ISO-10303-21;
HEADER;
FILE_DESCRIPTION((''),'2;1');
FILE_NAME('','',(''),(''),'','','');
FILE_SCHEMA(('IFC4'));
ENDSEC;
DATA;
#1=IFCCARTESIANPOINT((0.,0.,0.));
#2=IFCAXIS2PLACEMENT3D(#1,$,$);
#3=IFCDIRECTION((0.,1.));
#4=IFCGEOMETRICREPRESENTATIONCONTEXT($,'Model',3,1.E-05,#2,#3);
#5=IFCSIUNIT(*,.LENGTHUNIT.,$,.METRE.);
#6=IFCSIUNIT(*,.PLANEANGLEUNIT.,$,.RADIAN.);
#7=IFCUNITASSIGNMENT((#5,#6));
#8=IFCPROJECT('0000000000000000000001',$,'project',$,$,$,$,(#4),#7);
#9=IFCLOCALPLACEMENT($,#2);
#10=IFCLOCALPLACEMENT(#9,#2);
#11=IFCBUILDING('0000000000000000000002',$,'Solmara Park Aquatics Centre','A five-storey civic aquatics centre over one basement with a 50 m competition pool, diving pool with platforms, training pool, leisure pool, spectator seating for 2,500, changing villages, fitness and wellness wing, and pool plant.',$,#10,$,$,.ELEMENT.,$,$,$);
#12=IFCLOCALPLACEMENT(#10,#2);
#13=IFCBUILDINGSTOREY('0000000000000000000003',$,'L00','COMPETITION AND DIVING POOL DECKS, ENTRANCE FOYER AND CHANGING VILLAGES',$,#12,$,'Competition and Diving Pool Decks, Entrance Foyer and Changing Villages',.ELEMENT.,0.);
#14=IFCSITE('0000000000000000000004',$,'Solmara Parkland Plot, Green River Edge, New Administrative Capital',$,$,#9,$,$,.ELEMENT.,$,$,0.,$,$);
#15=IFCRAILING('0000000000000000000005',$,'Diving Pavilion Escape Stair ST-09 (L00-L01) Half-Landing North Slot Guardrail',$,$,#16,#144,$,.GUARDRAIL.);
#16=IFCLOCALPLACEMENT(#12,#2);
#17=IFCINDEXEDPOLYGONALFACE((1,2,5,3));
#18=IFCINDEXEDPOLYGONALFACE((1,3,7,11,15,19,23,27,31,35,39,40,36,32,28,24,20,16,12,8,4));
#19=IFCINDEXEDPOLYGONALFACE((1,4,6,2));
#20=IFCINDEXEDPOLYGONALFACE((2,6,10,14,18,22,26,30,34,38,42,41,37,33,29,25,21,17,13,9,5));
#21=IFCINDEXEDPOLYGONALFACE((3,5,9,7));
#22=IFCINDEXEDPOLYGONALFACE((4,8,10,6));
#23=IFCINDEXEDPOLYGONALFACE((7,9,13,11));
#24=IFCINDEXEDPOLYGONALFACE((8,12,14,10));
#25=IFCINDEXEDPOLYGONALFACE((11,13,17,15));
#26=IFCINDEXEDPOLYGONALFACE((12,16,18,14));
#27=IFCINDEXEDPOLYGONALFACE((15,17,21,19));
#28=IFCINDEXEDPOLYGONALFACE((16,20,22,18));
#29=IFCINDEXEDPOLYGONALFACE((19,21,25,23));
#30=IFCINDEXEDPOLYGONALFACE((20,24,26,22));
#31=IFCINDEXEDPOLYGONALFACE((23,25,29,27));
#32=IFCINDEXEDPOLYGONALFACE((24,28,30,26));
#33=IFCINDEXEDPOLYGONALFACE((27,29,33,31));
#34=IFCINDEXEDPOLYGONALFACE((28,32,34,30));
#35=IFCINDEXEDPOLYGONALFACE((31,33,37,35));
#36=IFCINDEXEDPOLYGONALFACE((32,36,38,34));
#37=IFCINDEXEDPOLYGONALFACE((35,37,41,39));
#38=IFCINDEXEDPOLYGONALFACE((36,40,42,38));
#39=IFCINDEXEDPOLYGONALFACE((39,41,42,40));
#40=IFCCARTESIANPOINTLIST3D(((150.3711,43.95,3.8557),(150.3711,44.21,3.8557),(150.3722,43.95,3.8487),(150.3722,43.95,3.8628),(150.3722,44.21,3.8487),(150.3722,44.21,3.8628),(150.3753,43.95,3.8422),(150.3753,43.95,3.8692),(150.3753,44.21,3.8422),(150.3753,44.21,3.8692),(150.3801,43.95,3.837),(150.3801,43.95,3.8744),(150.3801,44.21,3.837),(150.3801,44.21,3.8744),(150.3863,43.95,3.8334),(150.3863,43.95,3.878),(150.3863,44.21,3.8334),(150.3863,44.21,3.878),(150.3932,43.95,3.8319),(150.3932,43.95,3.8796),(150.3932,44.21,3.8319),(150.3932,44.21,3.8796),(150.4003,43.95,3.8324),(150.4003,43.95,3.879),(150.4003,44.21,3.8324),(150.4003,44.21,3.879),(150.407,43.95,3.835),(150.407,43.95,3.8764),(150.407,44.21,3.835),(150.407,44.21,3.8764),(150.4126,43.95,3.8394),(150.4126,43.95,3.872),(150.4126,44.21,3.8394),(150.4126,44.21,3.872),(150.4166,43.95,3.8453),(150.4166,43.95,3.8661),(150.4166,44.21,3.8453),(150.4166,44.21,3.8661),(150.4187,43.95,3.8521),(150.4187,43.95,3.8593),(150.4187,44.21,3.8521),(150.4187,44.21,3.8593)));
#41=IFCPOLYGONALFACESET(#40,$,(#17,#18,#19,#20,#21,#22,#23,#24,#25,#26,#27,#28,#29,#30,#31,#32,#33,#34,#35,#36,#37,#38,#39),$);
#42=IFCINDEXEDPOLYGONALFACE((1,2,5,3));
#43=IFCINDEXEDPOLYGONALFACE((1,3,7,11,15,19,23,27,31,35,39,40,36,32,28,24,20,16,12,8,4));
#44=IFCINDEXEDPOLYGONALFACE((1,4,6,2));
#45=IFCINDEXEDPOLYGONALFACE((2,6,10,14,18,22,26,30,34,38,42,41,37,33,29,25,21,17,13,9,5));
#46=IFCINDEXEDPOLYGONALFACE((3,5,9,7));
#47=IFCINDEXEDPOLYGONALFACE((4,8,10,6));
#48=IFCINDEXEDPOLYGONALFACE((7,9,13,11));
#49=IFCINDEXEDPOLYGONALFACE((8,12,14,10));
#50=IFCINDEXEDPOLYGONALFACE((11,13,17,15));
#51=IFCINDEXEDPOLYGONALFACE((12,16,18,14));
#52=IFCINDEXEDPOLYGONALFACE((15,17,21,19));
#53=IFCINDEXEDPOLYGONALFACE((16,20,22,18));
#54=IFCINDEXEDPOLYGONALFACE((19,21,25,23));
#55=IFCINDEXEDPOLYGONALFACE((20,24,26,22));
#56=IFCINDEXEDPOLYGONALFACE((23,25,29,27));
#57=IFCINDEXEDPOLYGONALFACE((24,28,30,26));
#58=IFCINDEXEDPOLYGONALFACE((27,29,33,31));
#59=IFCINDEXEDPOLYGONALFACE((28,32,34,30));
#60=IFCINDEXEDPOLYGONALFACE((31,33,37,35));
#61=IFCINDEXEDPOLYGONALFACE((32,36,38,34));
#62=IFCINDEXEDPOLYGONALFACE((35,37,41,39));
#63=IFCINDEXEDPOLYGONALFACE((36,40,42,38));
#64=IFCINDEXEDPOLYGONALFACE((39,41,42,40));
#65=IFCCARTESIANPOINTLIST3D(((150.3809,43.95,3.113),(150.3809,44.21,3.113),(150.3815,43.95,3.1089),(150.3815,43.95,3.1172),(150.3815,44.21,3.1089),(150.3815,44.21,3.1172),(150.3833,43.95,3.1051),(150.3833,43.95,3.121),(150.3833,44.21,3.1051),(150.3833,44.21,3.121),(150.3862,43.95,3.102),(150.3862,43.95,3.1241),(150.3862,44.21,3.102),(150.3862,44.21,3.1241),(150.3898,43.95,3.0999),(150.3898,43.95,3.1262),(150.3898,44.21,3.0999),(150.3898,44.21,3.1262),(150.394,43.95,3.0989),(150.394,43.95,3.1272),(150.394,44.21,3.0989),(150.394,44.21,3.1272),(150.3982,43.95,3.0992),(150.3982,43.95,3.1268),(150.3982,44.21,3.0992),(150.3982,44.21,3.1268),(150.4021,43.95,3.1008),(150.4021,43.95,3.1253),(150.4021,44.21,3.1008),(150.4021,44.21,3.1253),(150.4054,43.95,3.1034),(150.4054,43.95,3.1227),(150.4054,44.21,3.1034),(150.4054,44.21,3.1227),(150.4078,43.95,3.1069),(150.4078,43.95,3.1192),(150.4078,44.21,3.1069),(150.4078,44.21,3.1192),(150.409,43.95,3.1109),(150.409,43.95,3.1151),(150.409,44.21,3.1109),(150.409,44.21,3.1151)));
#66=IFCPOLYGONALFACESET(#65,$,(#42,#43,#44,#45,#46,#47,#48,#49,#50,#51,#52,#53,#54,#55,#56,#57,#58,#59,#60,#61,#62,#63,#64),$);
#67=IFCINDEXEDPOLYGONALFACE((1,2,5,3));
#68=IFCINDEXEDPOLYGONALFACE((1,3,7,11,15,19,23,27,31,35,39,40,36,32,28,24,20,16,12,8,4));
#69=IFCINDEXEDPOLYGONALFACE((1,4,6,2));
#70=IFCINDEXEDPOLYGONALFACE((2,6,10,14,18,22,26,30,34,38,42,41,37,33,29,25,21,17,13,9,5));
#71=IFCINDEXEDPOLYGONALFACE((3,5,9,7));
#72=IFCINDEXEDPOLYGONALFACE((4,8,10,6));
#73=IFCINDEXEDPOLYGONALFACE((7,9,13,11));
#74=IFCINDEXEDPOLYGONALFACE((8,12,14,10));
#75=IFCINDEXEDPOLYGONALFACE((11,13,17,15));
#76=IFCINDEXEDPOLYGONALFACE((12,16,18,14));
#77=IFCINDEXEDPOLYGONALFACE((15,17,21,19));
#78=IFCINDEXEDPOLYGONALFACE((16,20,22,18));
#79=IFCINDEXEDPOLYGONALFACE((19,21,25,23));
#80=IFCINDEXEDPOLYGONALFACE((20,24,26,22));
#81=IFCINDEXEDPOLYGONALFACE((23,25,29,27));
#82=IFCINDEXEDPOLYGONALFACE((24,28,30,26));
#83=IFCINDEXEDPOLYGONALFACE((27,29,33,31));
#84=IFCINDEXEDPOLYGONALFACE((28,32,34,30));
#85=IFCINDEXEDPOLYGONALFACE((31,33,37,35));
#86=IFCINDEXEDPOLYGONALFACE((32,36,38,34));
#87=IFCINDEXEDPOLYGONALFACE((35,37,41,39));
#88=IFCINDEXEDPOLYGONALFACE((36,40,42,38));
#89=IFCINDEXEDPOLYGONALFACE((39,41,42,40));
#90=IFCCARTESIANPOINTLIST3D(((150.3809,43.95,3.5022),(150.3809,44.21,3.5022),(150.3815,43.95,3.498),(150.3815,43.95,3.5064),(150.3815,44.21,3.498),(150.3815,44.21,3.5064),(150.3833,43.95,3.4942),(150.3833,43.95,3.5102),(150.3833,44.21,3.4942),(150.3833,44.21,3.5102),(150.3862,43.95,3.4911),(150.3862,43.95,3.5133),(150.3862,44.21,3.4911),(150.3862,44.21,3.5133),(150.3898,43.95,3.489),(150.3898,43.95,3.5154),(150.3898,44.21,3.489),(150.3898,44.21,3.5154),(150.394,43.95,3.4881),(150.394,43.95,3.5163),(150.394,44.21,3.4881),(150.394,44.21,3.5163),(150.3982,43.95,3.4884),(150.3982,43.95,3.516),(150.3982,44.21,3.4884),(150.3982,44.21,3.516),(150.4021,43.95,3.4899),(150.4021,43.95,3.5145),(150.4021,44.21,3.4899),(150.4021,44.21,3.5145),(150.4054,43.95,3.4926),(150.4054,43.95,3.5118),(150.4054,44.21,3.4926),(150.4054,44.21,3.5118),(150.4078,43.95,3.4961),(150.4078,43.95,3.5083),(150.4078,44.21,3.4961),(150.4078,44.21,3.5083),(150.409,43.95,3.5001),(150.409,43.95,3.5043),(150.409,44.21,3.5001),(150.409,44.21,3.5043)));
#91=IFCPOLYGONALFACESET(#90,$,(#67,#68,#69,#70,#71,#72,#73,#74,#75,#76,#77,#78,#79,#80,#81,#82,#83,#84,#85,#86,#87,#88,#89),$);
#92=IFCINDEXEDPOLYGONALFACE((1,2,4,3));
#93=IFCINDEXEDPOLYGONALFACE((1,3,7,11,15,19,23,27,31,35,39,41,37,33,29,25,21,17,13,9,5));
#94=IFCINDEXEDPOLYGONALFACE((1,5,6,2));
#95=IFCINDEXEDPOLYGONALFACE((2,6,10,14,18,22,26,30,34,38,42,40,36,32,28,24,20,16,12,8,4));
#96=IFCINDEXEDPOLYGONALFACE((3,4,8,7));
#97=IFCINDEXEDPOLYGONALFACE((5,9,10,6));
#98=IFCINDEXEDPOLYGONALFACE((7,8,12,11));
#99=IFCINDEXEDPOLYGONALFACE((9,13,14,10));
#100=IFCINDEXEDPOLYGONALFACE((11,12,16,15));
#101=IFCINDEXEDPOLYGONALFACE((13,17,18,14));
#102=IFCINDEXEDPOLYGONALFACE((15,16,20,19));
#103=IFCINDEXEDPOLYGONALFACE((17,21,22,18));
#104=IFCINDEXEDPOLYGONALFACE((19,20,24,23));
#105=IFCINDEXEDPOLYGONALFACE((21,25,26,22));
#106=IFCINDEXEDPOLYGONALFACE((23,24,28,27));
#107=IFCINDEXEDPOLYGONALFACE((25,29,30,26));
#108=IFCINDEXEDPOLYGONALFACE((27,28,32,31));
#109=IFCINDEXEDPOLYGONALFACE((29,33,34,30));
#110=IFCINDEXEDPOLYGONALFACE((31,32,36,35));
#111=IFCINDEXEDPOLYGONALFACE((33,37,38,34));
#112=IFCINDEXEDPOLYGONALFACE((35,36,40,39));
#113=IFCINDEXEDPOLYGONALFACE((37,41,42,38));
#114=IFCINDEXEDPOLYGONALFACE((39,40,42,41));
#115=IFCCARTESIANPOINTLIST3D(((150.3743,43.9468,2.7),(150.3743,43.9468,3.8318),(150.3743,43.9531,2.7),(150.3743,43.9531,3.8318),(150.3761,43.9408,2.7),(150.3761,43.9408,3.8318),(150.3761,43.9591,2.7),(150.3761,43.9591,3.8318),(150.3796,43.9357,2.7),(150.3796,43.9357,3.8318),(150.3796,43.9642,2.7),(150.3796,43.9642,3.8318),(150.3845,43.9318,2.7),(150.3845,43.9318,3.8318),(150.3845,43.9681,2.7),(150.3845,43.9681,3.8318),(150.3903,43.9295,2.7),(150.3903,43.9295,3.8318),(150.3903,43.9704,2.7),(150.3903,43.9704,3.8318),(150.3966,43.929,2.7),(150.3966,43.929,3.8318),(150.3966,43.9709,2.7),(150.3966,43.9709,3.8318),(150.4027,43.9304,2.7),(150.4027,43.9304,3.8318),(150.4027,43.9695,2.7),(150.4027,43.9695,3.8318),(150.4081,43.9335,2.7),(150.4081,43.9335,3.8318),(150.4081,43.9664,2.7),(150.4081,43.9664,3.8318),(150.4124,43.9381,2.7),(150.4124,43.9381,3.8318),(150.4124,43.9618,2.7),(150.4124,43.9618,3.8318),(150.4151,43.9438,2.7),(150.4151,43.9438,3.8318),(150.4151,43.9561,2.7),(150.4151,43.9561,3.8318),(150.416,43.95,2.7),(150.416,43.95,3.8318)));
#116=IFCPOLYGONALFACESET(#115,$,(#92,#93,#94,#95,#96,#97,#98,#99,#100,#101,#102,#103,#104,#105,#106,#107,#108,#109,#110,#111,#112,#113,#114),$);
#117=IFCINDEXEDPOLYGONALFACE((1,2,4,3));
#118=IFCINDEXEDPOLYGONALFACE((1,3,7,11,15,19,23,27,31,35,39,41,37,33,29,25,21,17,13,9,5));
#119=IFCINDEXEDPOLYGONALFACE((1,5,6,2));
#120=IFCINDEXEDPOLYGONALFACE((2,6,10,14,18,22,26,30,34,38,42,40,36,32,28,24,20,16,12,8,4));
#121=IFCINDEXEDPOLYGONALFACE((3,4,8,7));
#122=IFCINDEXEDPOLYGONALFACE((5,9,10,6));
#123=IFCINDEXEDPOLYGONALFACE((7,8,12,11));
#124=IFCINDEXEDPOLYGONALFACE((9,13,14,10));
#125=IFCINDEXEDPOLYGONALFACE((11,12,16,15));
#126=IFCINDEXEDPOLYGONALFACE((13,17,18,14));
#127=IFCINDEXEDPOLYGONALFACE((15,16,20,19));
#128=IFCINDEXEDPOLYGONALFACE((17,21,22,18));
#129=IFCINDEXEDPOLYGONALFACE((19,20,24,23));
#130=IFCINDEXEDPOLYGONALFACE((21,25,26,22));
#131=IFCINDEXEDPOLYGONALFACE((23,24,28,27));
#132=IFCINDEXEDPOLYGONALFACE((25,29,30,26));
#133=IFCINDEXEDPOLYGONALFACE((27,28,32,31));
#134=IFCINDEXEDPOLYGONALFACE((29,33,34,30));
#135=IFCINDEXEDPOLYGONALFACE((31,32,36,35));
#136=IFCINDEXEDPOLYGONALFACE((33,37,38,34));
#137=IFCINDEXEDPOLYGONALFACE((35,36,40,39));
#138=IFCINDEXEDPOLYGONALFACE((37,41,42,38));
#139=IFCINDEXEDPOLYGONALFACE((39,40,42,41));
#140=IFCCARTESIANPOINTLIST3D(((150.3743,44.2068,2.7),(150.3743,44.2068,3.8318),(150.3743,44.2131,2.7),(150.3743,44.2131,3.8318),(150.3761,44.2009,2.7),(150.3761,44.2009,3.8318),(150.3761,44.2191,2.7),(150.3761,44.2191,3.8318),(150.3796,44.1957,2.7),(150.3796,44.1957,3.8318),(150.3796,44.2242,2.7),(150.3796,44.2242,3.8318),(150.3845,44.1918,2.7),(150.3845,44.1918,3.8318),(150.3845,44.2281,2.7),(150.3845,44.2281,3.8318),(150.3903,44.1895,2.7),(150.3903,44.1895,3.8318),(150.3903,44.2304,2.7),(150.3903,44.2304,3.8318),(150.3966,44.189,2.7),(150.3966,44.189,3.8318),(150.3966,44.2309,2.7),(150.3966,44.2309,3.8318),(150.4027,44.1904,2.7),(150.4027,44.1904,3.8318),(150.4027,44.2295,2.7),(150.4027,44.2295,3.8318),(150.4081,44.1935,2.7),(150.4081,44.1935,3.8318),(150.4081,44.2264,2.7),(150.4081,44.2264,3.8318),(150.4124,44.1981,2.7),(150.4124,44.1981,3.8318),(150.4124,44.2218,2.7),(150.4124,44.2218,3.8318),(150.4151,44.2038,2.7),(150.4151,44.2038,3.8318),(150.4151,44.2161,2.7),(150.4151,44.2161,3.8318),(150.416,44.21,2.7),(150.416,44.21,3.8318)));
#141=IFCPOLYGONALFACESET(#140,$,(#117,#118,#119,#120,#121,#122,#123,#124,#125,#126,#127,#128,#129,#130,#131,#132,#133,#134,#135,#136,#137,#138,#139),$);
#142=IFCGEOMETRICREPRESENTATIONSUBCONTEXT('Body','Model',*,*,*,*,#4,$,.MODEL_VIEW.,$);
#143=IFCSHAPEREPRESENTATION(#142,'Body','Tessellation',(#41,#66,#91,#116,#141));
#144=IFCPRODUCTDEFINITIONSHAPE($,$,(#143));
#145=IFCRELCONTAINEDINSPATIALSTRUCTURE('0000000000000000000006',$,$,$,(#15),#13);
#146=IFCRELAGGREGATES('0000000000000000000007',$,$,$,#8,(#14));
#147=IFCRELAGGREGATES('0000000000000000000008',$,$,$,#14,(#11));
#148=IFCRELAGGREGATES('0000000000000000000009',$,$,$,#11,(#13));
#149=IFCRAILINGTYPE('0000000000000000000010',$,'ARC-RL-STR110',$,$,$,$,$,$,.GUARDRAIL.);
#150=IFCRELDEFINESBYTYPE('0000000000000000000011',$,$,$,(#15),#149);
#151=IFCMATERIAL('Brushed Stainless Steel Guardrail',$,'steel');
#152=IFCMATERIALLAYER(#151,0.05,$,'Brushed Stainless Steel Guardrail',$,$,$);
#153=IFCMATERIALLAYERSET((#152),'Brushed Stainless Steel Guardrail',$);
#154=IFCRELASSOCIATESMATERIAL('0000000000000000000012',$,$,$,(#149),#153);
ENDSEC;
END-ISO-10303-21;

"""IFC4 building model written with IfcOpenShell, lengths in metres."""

from ifc_helpers import new_model, si_unit, direction, frame, origin, origin_2d, place, context, subcontext, project, spatial, circle, extrude, material, layer, layer_set, type_object, element, save


model = new_model("IFC4")

# Units and contexts
model_context = context("Model", 3, precision=1e-05, world=origin(), true_north=direction((0.0, 1.0)))
body_context = subcontext(model_context, "Body", "Model", "MODEL_VIEW")
ifc_project = project(units=[si_unit("LENGTHUNIT", "METRE"), si_unit("PLANEANGLEUNIT", "RADIAN")], contexts=[model_context])

# Site, building, storey
site_placement = place(None, origin())
site = spatial("IfcSite", under=ifc_project, at=site_placement, Name="Solmara Parkland Plot, Green River Edge, New Administrative Capital", CompositionType="ELEMENT", RefElevation=0.0)
building_placement = place(site_placement, origin())
building = spatial("IfcBuilding", under=site, at=building_placement, Name="Solmara Park Aquatics Centre", Description="A five-storey civic aquatics centre over one basement with a 50 m competition pool, diving pool with platforms, training pool, leisure pool, spectator seating for 2,500, changing villages, fitness and wellness wing, and pool plant.", CompositionType="ELEMENT")
storey_placement = place(building_placement, origin())
storey = spatial("IfcBuildingStorey", under=building, at=storey_placement, Name="L00", Description="COMPETITION AND DIVING POOL DECKS, ENTRANCE FOYER AND CHANGING VILLAGES", LongName="Competition and Diving Pool Decks, Entrance Foyer and Changing Villages", CompositionType="ELEMENT", Elevation=0.0)

# Railing
ifc_material_1 = material(Name="Brushed Stainless Steel Guardrail", Category="steel")
ifc_layer_1 = layer(ifc_material_1, 0.05, Name="Brushed Stainless Steel Guardrail")
ifc_layer_set_1 = layer_set([ifc_layer_1], Name="Brushed Stainless Steel Guardrail")
railing_type_1 = type_object("IfcRailingType", Name="ARC-RL-STR110", PredefinedType="GUARDRAIL", material=ifc_layer_set_1)
railing_1_placement = place(storey_placement, frame((150.395, 43.95, 2.7)))
element("IfcRailing", 1, at=railing_1_placement, inside=storey, type_object=railing_type_1, Name="Diving Pavilion Escape Stair ST-09 (L00-L01) Half-Landing North Slot Guardrail", PredefinedType="GUARDRAIL", context=body_context, shape_type="SweptSolid", body=[
    extrude(circle(Radius=0.0239, at=origin_2d()), frame((0.0, 0.0, 1.1558), z_axis=(0.0, 1.0, 0.0), x_axis=(-1.0, 0.0, 0.0)), (0.0, 0.0, 1.0), 0.26),
    extrude(circle(Radius=0.0142, at=origin_2d()), frame((0.0, 0.0, 0.4131), z_axis=(0.0, 1.0, 0.0), x_axis=(-1.0, 0.0, 0.0)), (0.0, 0.0, 1.0), 0.26),
    extrude(circle(Radius=0.0142, at=origin_2d()), frame((0.0, 0.0, 0.8022), z_axis=(0.0, 1.0, 0.0), x_axis=(-1.0, 0.0, 0.0)), (0.0, 0.0, 1.0), 0.26),
    extrude(circle(Radius=0.021, at=origin_2d()), origin(), (0.0, 0.0, 1.0), 1.1318),
    extrude(circle(Radius=0.021, at=origin_2d()), frame((0.0, 0.26, 0.0)), (0.0, 0.0, 1.0), 1.1318),
])

save(model, "model.ifc")
